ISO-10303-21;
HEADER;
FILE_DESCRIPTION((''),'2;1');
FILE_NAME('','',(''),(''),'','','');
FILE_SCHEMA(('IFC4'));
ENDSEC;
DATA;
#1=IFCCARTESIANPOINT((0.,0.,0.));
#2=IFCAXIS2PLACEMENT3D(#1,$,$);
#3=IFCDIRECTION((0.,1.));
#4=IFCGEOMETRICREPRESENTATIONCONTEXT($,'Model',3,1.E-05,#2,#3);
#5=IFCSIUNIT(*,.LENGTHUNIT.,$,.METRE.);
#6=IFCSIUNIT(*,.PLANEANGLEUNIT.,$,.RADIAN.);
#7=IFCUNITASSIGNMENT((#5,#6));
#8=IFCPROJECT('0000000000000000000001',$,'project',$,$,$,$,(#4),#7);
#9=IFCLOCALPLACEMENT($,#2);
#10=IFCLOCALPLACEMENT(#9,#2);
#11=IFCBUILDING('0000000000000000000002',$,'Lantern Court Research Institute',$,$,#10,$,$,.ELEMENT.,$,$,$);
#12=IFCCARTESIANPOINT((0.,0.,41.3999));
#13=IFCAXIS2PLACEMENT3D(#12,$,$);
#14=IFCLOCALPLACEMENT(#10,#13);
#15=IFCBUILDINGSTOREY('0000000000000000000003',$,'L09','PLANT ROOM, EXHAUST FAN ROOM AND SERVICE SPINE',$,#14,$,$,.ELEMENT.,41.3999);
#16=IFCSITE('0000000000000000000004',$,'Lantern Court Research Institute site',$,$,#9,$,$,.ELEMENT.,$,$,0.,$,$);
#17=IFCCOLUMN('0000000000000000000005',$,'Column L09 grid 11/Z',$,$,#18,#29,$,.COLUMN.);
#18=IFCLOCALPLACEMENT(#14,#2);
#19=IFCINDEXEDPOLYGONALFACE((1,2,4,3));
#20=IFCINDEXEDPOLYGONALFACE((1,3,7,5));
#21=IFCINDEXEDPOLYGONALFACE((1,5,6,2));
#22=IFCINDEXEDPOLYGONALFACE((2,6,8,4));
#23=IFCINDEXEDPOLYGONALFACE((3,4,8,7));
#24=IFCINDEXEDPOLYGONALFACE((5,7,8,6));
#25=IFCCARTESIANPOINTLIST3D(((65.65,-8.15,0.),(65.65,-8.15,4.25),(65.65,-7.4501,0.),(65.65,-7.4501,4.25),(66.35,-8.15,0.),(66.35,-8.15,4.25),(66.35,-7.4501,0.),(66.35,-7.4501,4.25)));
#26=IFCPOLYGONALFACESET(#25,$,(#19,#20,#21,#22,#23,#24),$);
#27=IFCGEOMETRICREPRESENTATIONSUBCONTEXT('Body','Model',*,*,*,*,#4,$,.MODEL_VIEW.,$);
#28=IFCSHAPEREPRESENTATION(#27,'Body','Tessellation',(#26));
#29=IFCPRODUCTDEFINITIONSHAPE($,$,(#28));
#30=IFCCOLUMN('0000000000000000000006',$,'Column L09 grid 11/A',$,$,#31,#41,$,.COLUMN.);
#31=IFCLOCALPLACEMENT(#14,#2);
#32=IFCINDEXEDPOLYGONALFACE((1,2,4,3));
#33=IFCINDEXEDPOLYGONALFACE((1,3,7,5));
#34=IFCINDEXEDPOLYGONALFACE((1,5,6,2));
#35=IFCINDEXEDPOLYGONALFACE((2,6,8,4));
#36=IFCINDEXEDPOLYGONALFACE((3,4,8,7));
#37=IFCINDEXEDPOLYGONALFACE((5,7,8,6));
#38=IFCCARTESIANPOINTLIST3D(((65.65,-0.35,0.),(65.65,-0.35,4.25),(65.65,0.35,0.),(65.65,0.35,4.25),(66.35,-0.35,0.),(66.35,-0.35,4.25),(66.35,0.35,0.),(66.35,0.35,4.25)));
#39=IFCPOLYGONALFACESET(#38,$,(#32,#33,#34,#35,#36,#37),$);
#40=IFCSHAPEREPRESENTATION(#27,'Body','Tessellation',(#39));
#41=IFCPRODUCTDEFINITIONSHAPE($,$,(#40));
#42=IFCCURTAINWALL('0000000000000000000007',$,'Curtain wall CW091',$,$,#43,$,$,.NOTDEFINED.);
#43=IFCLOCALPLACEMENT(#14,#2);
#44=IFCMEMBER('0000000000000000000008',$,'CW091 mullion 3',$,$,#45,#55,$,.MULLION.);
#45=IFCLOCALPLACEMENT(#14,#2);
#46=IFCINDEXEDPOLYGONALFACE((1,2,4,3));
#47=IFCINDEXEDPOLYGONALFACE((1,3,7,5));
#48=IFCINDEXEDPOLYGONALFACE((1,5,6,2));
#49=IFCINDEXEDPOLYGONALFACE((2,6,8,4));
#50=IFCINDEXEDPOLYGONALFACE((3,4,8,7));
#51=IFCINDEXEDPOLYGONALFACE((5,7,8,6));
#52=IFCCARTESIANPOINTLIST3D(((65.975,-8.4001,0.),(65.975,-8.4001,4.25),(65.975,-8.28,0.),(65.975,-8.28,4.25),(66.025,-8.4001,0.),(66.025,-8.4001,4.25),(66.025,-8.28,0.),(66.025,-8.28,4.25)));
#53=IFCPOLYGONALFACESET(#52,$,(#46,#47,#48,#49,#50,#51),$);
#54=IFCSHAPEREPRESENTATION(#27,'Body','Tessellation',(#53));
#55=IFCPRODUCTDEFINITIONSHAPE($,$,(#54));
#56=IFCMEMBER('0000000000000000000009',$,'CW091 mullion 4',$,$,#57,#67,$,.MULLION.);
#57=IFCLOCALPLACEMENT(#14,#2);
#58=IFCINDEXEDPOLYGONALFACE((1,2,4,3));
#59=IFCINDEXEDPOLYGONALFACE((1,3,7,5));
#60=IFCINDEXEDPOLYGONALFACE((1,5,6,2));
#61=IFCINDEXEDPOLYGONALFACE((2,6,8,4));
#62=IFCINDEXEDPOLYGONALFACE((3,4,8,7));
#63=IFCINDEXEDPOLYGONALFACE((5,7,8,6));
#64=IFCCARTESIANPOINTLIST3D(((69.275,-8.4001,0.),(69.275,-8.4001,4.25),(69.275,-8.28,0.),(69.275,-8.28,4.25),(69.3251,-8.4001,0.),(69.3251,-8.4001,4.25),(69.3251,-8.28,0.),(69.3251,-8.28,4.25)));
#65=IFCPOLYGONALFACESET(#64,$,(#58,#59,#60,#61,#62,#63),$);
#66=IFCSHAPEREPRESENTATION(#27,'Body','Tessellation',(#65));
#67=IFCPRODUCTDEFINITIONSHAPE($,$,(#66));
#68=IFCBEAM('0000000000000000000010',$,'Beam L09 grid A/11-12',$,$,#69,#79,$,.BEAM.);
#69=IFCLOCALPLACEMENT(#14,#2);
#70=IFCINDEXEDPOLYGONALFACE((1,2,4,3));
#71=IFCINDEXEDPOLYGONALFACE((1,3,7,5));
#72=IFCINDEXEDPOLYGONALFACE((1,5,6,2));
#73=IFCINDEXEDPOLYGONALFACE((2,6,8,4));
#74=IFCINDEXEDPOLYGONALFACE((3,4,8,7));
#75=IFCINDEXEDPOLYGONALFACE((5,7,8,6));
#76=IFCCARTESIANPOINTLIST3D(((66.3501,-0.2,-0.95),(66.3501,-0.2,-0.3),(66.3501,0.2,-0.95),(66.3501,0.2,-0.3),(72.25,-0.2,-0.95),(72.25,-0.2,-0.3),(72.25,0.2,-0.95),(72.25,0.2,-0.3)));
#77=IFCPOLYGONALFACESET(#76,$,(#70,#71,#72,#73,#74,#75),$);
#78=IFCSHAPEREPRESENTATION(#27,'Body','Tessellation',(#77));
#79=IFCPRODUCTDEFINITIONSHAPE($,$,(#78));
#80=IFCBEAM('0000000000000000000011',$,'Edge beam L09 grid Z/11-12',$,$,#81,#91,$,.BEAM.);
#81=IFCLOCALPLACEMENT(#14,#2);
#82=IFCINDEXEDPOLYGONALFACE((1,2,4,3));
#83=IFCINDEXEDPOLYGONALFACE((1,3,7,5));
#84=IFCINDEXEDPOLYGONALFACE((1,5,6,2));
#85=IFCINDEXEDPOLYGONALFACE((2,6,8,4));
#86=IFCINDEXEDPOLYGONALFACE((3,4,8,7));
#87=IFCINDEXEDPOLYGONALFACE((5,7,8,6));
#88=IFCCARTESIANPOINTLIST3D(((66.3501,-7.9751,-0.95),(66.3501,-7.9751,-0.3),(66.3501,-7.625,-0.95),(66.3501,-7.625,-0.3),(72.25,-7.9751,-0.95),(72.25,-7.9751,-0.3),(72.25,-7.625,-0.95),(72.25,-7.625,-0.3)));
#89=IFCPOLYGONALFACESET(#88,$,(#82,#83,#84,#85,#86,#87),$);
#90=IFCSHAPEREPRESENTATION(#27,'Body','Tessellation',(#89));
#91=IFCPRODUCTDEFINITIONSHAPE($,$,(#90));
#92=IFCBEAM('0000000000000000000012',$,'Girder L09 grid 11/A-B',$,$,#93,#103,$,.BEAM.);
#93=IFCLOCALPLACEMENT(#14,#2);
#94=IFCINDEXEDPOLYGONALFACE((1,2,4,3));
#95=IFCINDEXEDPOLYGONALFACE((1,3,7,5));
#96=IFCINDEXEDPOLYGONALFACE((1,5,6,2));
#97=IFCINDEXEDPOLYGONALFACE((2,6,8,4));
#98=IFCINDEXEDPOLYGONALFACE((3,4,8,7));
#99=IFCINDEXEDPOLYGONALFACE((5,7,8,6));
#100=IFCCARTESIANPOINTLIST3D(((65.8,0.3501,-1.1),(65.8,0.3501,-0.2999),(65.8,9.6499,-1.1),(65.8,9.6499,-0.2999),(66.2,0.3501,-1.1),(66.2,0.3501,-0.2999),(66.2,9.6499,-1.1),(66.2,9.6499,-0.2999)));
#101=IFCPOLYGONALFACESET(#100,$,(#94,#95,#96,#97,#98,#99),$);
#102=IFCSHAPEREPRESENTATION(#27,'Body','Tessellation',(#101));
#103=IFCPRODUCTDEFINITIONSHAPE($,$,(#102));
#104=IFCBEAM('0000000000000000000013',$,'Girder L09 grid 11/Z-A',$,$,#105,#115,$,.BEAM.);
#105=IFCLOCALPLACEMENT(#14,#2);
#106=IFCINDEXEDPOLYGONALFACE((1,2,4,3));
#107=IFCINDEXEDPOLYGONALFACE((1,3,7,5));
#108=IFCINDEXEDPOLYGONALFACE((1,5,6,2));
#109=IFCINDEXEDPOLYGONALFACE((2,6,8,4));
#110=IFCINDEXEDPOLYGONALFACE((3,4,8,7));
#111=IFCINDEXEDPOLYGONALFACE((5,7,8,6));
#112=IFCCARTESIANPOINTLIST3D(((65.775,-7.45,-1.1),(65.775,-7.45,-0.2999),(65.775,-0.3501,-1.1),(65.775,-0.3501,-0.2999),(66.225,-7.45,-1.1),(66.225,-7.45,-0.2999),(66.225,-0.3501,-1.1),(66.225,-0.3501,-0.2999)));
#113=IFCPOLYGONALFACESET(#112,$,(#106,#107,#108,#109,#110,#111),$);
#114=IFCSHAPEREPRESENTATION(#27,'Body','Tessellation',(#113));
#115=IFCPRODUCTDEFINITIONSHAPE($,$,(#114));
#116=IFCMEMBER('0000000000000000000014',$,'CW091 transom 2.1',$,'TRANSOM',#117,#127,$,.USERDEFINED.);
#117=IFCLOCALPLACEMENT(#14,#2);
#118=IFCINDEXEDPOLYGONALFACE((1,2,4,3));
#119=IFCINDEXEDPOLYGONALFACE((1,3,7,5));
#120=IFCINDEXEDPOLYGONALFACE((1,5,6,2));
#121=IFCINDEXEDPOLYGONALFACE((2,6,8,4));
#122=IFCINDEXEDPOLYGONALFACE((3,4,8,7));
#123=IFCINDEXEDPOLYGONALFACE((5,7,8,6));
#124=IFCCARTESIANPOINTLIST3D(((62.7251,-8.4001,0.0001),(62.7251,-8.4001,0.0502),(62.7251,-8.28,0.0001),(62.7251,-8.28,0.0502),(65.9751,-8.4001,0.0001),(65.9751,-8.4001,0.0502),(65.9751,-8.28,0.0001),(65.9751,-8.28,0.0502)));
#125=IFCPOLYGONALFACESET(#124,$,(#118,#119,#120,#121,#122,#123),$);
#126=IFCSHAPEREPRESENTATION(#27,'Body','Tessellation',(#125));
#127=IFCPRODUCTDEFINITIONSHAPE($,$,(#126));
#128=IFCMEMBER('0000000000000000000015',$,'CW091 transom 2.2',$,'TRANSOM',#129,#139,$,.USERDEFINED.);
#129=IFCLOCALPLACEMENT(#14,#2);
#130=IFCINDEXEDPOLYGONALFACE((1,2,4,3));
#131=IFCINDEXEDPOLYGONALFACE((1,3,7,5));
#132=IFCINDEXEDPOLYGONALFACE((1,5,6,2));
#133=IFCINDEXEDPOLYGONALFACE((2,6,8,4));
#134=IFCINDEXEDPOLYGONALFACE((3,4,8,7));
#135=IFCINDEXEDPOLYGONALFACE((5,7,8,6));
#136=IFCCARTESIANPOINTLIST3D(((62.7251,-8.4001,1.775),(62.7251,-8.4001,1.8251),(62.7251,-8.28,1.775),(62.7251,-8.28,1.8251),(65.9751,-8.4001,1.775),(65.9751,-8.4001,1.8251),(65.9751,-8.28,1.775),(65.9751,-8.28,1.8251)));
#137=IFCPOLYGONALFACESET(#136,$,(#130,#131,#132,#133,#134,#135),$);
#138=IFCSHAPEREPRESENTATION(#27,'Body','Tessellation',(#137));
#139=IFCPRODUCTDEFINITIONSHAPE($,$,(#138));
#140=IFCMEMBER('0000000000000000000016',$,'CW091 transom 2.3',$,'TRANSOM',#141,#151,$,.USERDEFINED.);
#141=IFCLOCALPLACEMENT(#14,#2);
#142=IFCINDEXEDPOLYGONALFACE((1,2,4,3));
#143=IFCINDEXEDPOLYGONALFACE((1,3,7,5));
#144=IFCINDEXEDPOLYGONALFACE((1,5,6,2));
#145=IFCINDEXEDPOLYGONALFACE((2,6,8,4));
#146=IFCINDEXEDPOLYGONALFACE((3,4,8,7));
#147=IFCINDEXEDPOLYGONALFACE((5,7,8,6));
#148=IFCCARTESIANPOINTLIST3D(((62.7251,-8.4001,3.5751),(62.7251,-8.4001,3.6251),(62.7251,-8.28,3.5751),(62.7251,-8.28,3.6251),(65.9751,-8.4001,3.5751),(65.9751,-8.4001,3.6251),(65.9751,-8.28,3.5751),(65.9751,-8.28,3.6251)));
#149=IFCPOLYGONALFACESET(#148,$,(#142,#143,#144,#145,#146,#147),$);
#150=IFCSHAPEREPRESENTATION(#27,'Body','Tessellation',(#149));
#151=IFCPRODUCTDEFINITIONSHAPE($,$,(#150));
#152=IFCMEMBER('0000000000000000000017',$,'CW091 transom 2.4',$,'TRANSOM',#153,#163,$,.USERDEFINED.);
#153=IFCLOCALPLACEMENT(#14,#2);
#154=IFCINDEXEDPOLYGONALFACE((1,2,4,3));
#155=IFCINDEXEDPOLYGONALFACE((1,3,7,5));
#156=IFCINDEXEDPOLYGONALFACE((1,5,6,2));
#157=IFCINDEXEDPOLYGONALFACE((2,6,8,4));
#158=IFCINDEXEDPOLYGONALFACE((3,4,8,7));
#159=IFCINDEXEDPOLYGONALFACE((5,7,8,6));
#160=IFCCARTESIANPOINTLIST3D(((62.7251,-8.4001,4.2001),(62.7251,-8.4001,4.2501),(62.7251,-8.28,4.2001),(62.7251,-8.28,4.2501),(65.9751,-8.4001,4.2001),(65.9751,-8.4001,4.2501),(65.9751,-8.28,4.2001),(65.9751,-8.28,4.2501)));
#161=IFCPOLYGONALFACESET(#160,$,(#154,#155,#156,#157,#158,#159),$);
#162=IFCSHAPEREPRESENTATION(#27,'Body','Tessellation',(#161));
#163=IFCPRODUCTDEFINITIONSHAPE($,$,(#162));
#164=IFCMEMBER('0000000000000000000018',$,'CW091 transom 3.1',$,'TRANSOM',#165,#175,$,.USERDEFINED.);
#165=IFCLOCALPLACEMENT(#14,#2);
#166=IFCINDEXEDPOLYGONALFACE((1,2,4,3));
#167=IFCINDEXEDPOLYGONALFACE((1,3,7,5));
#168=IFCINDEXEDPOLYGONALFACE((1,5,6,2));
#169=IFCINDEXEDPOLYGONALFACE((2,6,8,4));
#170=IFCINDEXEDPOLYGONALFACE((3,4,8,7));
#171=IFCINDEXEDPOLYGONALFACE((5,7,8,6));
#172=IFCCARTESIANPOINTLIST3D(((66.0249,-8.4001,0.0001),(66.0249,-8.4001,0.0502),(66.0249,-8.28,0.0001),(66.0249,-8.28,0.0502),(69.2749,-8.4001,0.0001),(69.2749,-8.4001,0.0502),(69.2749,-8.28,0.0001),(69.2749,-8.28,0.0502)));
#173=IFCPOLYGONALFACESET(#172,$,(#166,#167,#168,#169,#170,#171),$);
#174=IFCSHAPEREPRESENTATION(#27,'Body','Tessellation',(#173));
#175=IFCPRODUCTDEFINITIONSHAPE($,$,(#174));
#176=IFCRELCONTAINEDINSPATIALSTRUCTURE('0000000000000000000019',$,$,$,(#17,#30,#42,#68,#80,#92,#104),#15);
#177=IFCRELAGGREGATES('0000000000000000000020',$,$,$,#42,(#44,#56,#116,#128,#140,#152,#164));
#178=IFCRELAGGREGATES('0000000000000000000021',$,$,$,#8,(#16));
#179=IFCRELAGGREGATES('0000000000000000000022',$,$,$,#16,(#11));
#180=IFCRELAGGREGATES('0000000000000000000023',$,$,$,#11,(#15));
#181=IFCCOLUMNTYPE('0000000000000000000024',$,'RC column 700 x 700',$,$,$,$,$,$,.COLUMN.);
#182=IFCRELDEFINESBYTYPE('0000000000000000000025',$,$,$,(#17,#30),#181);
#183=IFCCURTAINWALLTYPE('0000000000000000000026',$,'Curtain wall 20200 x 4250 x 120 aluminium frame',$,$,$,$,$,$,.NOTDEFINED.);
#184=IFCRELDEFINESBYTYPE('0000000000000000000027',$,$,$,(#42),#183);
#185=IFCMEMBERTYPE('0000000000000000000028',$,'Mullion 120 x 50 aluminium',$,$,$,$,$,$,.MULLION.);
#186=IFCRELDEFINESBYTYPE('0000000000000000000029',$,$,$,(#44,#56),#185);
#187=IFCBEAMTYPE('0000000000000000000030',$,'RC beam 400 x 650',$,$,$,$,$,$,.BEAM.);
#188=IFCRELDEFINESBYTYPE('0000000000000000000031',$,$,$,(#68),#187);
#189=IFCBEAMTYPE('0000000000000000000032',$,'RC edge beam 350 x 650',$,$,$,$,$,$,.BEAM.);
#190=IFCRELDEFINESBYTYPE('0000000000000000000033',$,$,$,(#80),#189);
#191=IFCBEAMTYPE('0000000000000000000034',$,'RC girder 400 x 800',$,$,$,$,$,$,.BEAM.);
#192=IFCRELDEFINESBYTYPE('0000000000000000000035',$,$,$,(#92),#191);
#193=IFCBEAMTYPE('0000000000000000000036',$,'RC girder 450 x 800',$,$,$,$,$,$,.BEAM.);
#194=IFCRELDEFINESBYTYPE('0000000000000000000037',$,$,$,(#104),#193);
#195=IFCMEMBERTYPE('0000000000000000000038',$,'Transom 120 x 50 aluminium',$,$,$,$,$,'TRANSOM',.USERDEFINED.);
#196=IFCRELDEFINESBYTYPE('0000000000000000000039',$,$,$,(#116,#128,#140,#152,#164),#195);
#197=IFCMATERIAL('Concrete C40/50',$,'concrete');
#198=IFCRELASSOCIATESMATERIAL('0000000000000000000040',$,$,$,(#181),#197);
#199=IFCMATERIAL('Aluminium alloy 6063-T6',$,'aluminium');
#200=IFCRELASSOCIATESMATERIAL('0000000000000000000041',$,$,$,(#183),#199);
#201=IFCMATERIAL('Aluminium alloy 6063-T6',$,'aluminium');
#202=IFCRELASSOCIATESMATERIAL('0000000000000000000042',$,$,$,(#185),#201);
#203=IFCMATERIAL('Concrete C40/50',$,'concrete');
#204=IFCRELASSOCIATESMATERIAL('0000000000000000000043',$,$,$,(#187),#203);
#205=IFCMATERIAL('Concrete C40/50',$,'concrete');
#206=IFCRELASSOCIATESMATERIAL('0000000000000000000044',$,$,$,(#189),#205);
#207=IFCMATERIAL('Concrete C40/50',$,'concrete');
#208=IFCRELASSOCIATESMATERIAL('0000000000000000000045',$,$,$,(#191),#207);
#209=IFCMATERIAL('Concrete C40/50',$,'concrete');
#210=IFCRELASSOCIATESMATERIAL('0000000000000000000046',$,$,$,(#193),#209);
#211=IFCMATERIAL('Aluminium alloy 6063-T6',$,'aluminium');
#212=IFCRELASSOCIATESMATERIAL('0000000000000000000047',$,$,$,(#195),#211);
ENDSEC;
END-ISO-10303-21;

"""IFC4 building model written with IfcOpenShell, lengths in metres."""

from ifc_helpers import new_model, si_unit, direction, frame, origin, origin_2d, place, context, subcontext, project, spatial, rectangle, extrude, material, material_profile, profile_set, type_object, element, aggregate, save


model = new_model("IFC4")

# Units and contexts
model_context = context("Model", 3, precision=1e-05, world=origin(), true_north=direction((0.0, 1.0)))
body_context = subcontext(model_context, "Body", "Model", "MODEL_VIEW")
ifc_project = project(units=[si_unit("LENGTHUNIT", "METRE"), si_unit("PLANEANGLEUNIT", "RADIAN")], contexts=[model_context])

# Site, building, storey
site_placement = place(None, origin())
site = spatial("IfcSite", under=ifc_project, at=site_placement, Name="Lantern Court Research Institute site", CompositionType="ELEMENT", RefElevation=0.0)
building_placement = place(site_placement, origin())
building = spatial("IfcBuilding", under=site, at=building_placement, Name="Lantern Court Research Institute", CompositionType="ELEMENT")
storey_placement = place(building_placement, frame((0.0, 0.0, 41.3999)))
storey = spatial("IfcBuildingStorey", under=building, at=storey_placement, Name="L09", Description="PLANT ROOM, EXHAUST FAN ROOM AND SERVICE SPINE", CompositionType="ELEMENT", Elevation=41.3999)

# Columns
ifc_material_1 = material(Name="Concrete C40/50", Category="concrete")
ifc_material_profile_1 = material_profile(ifc_material_1, rectangle(XDim=0.7, YDim=0.7, at=origin_2d()), Name="RC column 700 x 700")
ifc_profile_set_1 = profile_set([ifc_material_profile_1], Name="Concrete C40/50")
column_type = type_object("IfcColumnType", Name="RC column 700 x 700", PredefinedType="COLUMN", material=ifc_profile_set_1)
for number, where, z_axis, x_axis, name in (
    (1, (66.0, -7.8, 0.0), (0.0, 0.0, 1.0), (1.0, 0.0, 0.0), "Column L09 grid 11/Z"),
    (2, (66.0, 0.0, 0.0), (0.0, 0.0, 1.0), (1.0, 0.0, 0.0), "Column L09 grid 11/A"),
):
    element("IfcColumn", number, at=place(storey_placement, frame(where, z_axis=z_axis, x_axis=x_axis)), inside=storey, type_object=column_type, Name=name, PredefinedType="COLUMN", context=body_context, shape_type="SweptSolid", body=[
        extrude(rectangle(XDim=0.7, YDim=0.7, at=origin_2d()), origin(), (0.0, 0.0, 1.0), 4.25),
    ])

# Curtain wall, members
ifc_material_2 = material(Name="Aluminium alloy 6063-T6", Category="aluminium")
curtain_wall_type = type_object("IfcCurtainWallType", Name="Curtain wall 20200 x 4250 x 120 aluminium frame", PredefinedType="NOTDEFINED", material=ifc_material_2)
curtain_wall_placement = place(storey_placement, origin())
curtain_wall = element("IfcCurtainWall", 3, at=curtain_wall_placement, inside=storey, type_object=curtain_wall_type, Name="Curtain wall CW091", PredefinedType="NOTDEFINED")
ifc_material_3 = material(Name="Aluminium alloy 6063-T6", Category="aluminium")
ifc_material_profile_2 = material_profile(ifc_material_3, rectangle(XDim=0.1201, YDim=0.05, at=origin_2d()), Name="Mullion 120 x 50")
ifc_profile_set_2 = profile_set([ifc_material_profile_2], Name="Aluminium alloy 6063-T6")
member_type_1 = type_object("IfcMemberType", Name="Mullion 120 x 50 aluminium", PredefinedType="MULLION", material=ifc_profile_set_2)
member_1_placement = place(storey_placement, frame((66.0, -8.3401, 0.0), z_axis=(0.0, 0.0, 1.0), x_axis=(0.0, -1.0, 0.0)))
member_1 = element("IfcMember", 4, at=member_1_placement, type_object=member_type_1, Name="CW091 mullion 3", PredefinedType="MULLION", context=body_context, shape_type="SweptSolid", body=[
    extrude(rectangle(XDim=0.1201, YDim=0.05, at=origin_2d()), origin(), (0.0, 0.0, 1.0), 4.25),
])
member_2_placement = place(storey_placement, frame((69.3, -8.3401, 0.0), z_axis=(0.0, 0.0, 1.0), x_axis=(0.0, -1.0, 0.0)))
member_2 = element("IfcMember", 5, at=member_2_placement, type_object=member_type_1, Name="CW091 mullion 4", PredefinedType="MULLION", context=body_context, shape_type="SweptSolid", body=[
    extrude(rectangle(XDim=0.1201, YDim=0.05, at=origin_2d()), origin(), (0.0, 0.0, 1.0), 4.25),
])

# Beams
ifc_material_4 = material(Name="Concrete C40/50", Category="concrete")
ifc_material_profile_3 = material_profile(ifc_material_4, rectangle(XDim=0.3999, YDim=0.6499, at=origin_2d()), Name="RC beam 400 x 650")
ifc_profile_set_3 = profile_set([ifc_material_profile_3], Name="Concrete C40/50")
beam_type_1 = type_object("IfcBeamType", Name="RC beam 400 x 650", PredefinedType="BEAM", material=ifc_profile_set_3)
beam_1_placement = place(storey_placement, frame((66.3501, 0.0, -0.625), z_axis=(1.0, 0.0, 0.0), x_axis=(0.0, 1.0, 0.0)))
element("IfcBeam", 6, at=beam_1_placement, inside=storey, type_object=beam_type_1, Name="Beam L09 grid A/11-12", PredefinedType="BEAM", context=body_context, shape_type="SweptSolid", body=[
    extrude(rectangle(XDim=0.3999, YDim=0.6499, at=origin_2d()), origin(), (0.0, 0.0, 1.0), 5.8999),
])
ifc_material_5 = material(Name="Concrete C40/50", Category="concrete")
ifc_material_profile_4 = material_profile(ifc_material_5, rectangle(XDim=0.3501, YDim=0.6499, at=origin_2d()), Name="RC beam 350 x 650")
ifc_profile_set_4 = profile_set([ifc_material_profile_4], Name="Concrete C40/50")
beam_type_2 = type_object("IfcBeamType", Name="RC edge beam 350 x 650", PredefinedType="BEAM", material=ifc_profile_set_4)
beam_2_placement = place(storey_placement, frame((66.3501, -7.8, -0.625), z_axis=(1.0, 0.0, 0.0), x_axis=(0.0, 1.0, 0.0)))
element("IfcBeam", 7, at=beam_2_placement, inside=storey, type_object=beam_type_2, Name="Edge beam L09 grid Z/11-12", PredefinedType="BEAM", context=body_context, shape_type="SweptSolid", body=[
    extrude(rectangle(XDim=0.3501, YDim=0.6499, at=origin_2d()), origin(), (0.0, 0.0, 1.0), 5.8999),
])
ifc_material_6 = material(Name="Concrete C40/50", Category="concrete")
ifc_material_profile_5 = material_profile(ifc_material_6, rectangle(XDim=0.3999, YDim=0.8, at=origin_2d()), Name="RC beam 400 x 800")
ifc_profile_set_5 = profile_set([ifc_material_profile_5], Name="Concrete C40/50")
beam_type_3 = type_object("IfcBeamType", Name="RC girder 400 x 800", PredefinedType="BEAM", material=ifc_profile_set_5)
beam_3_placement = place(storey_placement, frame((66.0, 0.3501, -0.7), z_axis=(0.0, 1.0, 0.0), x_axis=(-1.0, 0.0, 0.0)))
element("IfcBeam", 8, at=beam_3_placement, inside=storey, type_object=beam_type_3, Name="Girder L09 grid 11/A-B", PredefinedType="BEAM", context=body_context, shape_type="SweptSolid", body=[
    extrude(rectangle(XDim=0.3999, YDim=0.8, at=origin_2d()), origin(), (0.0, 0.0, 1.0), 9.2998),
])
ifc_material_7 = material(Name="Concrete C40/50", Category="concrete")
ifc_material_profile_6 = material_profile(ifc_material_7, rectangle(XDim=0.45, YDim=0.8, at=origin_2d()), Name="RC beam 450 x 800")
ifc_profile_set_6 = profile_set([ifc_material_profile_6], Name="Concrete C40/50")
beam_type_4 = type_object("IfcBeamType", Name="RC girder 450 x 800", PredefinedType="BEAM", material=ifc_profile_set_6)
beam_4_placement = place(storey_placement, frame((66.0, -7.45, -0.7), z_axis=(0.0, 1.0, 0.0), x_axis=(-1.0, 0.0, 0.0)))
element("IfcBeam", 9, at=beam_4_placement, inside=storey, type_object=beam_type_4, Name="Girder L09 grid 11/Z-A", PredefinedType="BEAM", context=body_context, shape_type="SweptSolid", body=[
    extrude(rectangle(XDim=0.45, YDim=0.8, at=origin_2d()), origin(), (0.0, 0.0, 1.0), 7.0999),
])

# Members
ifc_material_8 = material(Name="Aluminium alloy 6063-T6", Category="aluminium")
ifc_material_profile_7 = material_profile(ifc_material_8, rectangle(XDim=0.1201, YDim=0.05, at=origin_2d()), Name="Transom 120 x 50")
ifc_profile_set_7 = profile_set([ifc_material_profile_7], Name="Aluminium alloy 6063-T6")
member_type_2 = type_object("IfcMemberType", Name="Transom 120 x 50 aluminium", ElementType="TRANSOM", PredefinedType="USERDEFINED", material=ifc_profile_set_7)
member_3_placement = place(storey_placement, frame((65.9751, -8.3401, 0.0251), z_axis=(-1.0, 0.0, 0.0), x_axis=(0.0, -1.0, 0.0)))
member_3 = element("IfcMember", 10, at=member_3_placement, type_object=member_type_2, Name="CW091 transom 2.1", ObjectType="TRANSOM", PredefinedType="USERDEFINED", context=body_context, shape_type="SweptSolid", body=[
    extrude(rectangle(XDim=0.1201, YDim=0.05, at=origin_2d()), origin(), (0.0, 0.0, 1.0), 3.25),
])
member_4_placement = place(storey_placement, frame((65.9751, -8.3401, 1.8), z_axis=(-1.0, 0.0, 0.0), x_axis=(0.0, -1.0, 0.0)))
member_4 = element("IfcMember", 11, at=member_4_placement, type_object=member_type_2, Name="CW091 transom 2.2", ObjectType="TRANSOM", PredefinedType="USERDEFINED", context=body_context, shape_type="SweptSolid", body=[
    extrude(rectangle(XDim=0.1201, YDim=0.05, at=origin_2d()), origin(), (0.0, 0.0, 1.0), 3.25),
])
member_5_placement = place(storey_placement, frame((65.9751, -8.3401, 3.6001), z_axis=(-1.0, 0.0, 0.0), x_axis=(0.0, -1.0, 0.0)))
member_5 = element("IfcMember", 12, at=member_5_placement, type_object=member_type_2, Name="CW091 transom 2.3", ObjectType="TRANSOM", PredefinedType="USERDEFINED", context=body_context, shape_type="SweptSolid", body=[
    extrude(rectangle(XDim=0.1201, YDim=0.05, at=origin_2d()), origin(), (0.0, 0.0, 1.0), 3.25),
])
member_6_placement = place(storey_placement, frame((65.9751, -8.3401, 4.2251), z_axis=(-1.0, 0.0, 0.0), x_axis=(0.0, -1.0, 0.0)))
member_6 = element("IfcMember", 13, at=member_6_placement, type_object=member_type_2, Name="CW091 transom 2.4", ObjectType="TRANSOM", PredefinedType="USERDEFINED", context=body_context, shape_type="SweptSolid", body=[
    extrude(rectangle(XDim=0.1201, YDim=0.05, at=origin_2d()), origin(), (0.0, 0.0, 1.0), 3.25),
])
member_7_placement = place(storey_placement, frame((69.2749, -8.3401, 0.0251), z_axis=(-1.0, 0.0, 0.0), x_axis=(0.0, -1.0, 0.0)))
member_7 = element("IfcMember", 14, at=member_7_placement, type_object=member_type_2, Name="CW091 transom 3.1", ObjectType="TRANSOM", PredefinedType="USERDEFINED", context=body_context, shape_type="SweptSolid", body=[
    extrude(rectangle(XDim=0.1201, YDim=0.05, at=origin_2d()), origin(), (0.0, 0.0, 1.0), 3.25),
])

aggregate(curtain_wall, [member_1, member_2, member_3, member_4, member_5, member_6, member_7])

save(model, "model.ifc")
